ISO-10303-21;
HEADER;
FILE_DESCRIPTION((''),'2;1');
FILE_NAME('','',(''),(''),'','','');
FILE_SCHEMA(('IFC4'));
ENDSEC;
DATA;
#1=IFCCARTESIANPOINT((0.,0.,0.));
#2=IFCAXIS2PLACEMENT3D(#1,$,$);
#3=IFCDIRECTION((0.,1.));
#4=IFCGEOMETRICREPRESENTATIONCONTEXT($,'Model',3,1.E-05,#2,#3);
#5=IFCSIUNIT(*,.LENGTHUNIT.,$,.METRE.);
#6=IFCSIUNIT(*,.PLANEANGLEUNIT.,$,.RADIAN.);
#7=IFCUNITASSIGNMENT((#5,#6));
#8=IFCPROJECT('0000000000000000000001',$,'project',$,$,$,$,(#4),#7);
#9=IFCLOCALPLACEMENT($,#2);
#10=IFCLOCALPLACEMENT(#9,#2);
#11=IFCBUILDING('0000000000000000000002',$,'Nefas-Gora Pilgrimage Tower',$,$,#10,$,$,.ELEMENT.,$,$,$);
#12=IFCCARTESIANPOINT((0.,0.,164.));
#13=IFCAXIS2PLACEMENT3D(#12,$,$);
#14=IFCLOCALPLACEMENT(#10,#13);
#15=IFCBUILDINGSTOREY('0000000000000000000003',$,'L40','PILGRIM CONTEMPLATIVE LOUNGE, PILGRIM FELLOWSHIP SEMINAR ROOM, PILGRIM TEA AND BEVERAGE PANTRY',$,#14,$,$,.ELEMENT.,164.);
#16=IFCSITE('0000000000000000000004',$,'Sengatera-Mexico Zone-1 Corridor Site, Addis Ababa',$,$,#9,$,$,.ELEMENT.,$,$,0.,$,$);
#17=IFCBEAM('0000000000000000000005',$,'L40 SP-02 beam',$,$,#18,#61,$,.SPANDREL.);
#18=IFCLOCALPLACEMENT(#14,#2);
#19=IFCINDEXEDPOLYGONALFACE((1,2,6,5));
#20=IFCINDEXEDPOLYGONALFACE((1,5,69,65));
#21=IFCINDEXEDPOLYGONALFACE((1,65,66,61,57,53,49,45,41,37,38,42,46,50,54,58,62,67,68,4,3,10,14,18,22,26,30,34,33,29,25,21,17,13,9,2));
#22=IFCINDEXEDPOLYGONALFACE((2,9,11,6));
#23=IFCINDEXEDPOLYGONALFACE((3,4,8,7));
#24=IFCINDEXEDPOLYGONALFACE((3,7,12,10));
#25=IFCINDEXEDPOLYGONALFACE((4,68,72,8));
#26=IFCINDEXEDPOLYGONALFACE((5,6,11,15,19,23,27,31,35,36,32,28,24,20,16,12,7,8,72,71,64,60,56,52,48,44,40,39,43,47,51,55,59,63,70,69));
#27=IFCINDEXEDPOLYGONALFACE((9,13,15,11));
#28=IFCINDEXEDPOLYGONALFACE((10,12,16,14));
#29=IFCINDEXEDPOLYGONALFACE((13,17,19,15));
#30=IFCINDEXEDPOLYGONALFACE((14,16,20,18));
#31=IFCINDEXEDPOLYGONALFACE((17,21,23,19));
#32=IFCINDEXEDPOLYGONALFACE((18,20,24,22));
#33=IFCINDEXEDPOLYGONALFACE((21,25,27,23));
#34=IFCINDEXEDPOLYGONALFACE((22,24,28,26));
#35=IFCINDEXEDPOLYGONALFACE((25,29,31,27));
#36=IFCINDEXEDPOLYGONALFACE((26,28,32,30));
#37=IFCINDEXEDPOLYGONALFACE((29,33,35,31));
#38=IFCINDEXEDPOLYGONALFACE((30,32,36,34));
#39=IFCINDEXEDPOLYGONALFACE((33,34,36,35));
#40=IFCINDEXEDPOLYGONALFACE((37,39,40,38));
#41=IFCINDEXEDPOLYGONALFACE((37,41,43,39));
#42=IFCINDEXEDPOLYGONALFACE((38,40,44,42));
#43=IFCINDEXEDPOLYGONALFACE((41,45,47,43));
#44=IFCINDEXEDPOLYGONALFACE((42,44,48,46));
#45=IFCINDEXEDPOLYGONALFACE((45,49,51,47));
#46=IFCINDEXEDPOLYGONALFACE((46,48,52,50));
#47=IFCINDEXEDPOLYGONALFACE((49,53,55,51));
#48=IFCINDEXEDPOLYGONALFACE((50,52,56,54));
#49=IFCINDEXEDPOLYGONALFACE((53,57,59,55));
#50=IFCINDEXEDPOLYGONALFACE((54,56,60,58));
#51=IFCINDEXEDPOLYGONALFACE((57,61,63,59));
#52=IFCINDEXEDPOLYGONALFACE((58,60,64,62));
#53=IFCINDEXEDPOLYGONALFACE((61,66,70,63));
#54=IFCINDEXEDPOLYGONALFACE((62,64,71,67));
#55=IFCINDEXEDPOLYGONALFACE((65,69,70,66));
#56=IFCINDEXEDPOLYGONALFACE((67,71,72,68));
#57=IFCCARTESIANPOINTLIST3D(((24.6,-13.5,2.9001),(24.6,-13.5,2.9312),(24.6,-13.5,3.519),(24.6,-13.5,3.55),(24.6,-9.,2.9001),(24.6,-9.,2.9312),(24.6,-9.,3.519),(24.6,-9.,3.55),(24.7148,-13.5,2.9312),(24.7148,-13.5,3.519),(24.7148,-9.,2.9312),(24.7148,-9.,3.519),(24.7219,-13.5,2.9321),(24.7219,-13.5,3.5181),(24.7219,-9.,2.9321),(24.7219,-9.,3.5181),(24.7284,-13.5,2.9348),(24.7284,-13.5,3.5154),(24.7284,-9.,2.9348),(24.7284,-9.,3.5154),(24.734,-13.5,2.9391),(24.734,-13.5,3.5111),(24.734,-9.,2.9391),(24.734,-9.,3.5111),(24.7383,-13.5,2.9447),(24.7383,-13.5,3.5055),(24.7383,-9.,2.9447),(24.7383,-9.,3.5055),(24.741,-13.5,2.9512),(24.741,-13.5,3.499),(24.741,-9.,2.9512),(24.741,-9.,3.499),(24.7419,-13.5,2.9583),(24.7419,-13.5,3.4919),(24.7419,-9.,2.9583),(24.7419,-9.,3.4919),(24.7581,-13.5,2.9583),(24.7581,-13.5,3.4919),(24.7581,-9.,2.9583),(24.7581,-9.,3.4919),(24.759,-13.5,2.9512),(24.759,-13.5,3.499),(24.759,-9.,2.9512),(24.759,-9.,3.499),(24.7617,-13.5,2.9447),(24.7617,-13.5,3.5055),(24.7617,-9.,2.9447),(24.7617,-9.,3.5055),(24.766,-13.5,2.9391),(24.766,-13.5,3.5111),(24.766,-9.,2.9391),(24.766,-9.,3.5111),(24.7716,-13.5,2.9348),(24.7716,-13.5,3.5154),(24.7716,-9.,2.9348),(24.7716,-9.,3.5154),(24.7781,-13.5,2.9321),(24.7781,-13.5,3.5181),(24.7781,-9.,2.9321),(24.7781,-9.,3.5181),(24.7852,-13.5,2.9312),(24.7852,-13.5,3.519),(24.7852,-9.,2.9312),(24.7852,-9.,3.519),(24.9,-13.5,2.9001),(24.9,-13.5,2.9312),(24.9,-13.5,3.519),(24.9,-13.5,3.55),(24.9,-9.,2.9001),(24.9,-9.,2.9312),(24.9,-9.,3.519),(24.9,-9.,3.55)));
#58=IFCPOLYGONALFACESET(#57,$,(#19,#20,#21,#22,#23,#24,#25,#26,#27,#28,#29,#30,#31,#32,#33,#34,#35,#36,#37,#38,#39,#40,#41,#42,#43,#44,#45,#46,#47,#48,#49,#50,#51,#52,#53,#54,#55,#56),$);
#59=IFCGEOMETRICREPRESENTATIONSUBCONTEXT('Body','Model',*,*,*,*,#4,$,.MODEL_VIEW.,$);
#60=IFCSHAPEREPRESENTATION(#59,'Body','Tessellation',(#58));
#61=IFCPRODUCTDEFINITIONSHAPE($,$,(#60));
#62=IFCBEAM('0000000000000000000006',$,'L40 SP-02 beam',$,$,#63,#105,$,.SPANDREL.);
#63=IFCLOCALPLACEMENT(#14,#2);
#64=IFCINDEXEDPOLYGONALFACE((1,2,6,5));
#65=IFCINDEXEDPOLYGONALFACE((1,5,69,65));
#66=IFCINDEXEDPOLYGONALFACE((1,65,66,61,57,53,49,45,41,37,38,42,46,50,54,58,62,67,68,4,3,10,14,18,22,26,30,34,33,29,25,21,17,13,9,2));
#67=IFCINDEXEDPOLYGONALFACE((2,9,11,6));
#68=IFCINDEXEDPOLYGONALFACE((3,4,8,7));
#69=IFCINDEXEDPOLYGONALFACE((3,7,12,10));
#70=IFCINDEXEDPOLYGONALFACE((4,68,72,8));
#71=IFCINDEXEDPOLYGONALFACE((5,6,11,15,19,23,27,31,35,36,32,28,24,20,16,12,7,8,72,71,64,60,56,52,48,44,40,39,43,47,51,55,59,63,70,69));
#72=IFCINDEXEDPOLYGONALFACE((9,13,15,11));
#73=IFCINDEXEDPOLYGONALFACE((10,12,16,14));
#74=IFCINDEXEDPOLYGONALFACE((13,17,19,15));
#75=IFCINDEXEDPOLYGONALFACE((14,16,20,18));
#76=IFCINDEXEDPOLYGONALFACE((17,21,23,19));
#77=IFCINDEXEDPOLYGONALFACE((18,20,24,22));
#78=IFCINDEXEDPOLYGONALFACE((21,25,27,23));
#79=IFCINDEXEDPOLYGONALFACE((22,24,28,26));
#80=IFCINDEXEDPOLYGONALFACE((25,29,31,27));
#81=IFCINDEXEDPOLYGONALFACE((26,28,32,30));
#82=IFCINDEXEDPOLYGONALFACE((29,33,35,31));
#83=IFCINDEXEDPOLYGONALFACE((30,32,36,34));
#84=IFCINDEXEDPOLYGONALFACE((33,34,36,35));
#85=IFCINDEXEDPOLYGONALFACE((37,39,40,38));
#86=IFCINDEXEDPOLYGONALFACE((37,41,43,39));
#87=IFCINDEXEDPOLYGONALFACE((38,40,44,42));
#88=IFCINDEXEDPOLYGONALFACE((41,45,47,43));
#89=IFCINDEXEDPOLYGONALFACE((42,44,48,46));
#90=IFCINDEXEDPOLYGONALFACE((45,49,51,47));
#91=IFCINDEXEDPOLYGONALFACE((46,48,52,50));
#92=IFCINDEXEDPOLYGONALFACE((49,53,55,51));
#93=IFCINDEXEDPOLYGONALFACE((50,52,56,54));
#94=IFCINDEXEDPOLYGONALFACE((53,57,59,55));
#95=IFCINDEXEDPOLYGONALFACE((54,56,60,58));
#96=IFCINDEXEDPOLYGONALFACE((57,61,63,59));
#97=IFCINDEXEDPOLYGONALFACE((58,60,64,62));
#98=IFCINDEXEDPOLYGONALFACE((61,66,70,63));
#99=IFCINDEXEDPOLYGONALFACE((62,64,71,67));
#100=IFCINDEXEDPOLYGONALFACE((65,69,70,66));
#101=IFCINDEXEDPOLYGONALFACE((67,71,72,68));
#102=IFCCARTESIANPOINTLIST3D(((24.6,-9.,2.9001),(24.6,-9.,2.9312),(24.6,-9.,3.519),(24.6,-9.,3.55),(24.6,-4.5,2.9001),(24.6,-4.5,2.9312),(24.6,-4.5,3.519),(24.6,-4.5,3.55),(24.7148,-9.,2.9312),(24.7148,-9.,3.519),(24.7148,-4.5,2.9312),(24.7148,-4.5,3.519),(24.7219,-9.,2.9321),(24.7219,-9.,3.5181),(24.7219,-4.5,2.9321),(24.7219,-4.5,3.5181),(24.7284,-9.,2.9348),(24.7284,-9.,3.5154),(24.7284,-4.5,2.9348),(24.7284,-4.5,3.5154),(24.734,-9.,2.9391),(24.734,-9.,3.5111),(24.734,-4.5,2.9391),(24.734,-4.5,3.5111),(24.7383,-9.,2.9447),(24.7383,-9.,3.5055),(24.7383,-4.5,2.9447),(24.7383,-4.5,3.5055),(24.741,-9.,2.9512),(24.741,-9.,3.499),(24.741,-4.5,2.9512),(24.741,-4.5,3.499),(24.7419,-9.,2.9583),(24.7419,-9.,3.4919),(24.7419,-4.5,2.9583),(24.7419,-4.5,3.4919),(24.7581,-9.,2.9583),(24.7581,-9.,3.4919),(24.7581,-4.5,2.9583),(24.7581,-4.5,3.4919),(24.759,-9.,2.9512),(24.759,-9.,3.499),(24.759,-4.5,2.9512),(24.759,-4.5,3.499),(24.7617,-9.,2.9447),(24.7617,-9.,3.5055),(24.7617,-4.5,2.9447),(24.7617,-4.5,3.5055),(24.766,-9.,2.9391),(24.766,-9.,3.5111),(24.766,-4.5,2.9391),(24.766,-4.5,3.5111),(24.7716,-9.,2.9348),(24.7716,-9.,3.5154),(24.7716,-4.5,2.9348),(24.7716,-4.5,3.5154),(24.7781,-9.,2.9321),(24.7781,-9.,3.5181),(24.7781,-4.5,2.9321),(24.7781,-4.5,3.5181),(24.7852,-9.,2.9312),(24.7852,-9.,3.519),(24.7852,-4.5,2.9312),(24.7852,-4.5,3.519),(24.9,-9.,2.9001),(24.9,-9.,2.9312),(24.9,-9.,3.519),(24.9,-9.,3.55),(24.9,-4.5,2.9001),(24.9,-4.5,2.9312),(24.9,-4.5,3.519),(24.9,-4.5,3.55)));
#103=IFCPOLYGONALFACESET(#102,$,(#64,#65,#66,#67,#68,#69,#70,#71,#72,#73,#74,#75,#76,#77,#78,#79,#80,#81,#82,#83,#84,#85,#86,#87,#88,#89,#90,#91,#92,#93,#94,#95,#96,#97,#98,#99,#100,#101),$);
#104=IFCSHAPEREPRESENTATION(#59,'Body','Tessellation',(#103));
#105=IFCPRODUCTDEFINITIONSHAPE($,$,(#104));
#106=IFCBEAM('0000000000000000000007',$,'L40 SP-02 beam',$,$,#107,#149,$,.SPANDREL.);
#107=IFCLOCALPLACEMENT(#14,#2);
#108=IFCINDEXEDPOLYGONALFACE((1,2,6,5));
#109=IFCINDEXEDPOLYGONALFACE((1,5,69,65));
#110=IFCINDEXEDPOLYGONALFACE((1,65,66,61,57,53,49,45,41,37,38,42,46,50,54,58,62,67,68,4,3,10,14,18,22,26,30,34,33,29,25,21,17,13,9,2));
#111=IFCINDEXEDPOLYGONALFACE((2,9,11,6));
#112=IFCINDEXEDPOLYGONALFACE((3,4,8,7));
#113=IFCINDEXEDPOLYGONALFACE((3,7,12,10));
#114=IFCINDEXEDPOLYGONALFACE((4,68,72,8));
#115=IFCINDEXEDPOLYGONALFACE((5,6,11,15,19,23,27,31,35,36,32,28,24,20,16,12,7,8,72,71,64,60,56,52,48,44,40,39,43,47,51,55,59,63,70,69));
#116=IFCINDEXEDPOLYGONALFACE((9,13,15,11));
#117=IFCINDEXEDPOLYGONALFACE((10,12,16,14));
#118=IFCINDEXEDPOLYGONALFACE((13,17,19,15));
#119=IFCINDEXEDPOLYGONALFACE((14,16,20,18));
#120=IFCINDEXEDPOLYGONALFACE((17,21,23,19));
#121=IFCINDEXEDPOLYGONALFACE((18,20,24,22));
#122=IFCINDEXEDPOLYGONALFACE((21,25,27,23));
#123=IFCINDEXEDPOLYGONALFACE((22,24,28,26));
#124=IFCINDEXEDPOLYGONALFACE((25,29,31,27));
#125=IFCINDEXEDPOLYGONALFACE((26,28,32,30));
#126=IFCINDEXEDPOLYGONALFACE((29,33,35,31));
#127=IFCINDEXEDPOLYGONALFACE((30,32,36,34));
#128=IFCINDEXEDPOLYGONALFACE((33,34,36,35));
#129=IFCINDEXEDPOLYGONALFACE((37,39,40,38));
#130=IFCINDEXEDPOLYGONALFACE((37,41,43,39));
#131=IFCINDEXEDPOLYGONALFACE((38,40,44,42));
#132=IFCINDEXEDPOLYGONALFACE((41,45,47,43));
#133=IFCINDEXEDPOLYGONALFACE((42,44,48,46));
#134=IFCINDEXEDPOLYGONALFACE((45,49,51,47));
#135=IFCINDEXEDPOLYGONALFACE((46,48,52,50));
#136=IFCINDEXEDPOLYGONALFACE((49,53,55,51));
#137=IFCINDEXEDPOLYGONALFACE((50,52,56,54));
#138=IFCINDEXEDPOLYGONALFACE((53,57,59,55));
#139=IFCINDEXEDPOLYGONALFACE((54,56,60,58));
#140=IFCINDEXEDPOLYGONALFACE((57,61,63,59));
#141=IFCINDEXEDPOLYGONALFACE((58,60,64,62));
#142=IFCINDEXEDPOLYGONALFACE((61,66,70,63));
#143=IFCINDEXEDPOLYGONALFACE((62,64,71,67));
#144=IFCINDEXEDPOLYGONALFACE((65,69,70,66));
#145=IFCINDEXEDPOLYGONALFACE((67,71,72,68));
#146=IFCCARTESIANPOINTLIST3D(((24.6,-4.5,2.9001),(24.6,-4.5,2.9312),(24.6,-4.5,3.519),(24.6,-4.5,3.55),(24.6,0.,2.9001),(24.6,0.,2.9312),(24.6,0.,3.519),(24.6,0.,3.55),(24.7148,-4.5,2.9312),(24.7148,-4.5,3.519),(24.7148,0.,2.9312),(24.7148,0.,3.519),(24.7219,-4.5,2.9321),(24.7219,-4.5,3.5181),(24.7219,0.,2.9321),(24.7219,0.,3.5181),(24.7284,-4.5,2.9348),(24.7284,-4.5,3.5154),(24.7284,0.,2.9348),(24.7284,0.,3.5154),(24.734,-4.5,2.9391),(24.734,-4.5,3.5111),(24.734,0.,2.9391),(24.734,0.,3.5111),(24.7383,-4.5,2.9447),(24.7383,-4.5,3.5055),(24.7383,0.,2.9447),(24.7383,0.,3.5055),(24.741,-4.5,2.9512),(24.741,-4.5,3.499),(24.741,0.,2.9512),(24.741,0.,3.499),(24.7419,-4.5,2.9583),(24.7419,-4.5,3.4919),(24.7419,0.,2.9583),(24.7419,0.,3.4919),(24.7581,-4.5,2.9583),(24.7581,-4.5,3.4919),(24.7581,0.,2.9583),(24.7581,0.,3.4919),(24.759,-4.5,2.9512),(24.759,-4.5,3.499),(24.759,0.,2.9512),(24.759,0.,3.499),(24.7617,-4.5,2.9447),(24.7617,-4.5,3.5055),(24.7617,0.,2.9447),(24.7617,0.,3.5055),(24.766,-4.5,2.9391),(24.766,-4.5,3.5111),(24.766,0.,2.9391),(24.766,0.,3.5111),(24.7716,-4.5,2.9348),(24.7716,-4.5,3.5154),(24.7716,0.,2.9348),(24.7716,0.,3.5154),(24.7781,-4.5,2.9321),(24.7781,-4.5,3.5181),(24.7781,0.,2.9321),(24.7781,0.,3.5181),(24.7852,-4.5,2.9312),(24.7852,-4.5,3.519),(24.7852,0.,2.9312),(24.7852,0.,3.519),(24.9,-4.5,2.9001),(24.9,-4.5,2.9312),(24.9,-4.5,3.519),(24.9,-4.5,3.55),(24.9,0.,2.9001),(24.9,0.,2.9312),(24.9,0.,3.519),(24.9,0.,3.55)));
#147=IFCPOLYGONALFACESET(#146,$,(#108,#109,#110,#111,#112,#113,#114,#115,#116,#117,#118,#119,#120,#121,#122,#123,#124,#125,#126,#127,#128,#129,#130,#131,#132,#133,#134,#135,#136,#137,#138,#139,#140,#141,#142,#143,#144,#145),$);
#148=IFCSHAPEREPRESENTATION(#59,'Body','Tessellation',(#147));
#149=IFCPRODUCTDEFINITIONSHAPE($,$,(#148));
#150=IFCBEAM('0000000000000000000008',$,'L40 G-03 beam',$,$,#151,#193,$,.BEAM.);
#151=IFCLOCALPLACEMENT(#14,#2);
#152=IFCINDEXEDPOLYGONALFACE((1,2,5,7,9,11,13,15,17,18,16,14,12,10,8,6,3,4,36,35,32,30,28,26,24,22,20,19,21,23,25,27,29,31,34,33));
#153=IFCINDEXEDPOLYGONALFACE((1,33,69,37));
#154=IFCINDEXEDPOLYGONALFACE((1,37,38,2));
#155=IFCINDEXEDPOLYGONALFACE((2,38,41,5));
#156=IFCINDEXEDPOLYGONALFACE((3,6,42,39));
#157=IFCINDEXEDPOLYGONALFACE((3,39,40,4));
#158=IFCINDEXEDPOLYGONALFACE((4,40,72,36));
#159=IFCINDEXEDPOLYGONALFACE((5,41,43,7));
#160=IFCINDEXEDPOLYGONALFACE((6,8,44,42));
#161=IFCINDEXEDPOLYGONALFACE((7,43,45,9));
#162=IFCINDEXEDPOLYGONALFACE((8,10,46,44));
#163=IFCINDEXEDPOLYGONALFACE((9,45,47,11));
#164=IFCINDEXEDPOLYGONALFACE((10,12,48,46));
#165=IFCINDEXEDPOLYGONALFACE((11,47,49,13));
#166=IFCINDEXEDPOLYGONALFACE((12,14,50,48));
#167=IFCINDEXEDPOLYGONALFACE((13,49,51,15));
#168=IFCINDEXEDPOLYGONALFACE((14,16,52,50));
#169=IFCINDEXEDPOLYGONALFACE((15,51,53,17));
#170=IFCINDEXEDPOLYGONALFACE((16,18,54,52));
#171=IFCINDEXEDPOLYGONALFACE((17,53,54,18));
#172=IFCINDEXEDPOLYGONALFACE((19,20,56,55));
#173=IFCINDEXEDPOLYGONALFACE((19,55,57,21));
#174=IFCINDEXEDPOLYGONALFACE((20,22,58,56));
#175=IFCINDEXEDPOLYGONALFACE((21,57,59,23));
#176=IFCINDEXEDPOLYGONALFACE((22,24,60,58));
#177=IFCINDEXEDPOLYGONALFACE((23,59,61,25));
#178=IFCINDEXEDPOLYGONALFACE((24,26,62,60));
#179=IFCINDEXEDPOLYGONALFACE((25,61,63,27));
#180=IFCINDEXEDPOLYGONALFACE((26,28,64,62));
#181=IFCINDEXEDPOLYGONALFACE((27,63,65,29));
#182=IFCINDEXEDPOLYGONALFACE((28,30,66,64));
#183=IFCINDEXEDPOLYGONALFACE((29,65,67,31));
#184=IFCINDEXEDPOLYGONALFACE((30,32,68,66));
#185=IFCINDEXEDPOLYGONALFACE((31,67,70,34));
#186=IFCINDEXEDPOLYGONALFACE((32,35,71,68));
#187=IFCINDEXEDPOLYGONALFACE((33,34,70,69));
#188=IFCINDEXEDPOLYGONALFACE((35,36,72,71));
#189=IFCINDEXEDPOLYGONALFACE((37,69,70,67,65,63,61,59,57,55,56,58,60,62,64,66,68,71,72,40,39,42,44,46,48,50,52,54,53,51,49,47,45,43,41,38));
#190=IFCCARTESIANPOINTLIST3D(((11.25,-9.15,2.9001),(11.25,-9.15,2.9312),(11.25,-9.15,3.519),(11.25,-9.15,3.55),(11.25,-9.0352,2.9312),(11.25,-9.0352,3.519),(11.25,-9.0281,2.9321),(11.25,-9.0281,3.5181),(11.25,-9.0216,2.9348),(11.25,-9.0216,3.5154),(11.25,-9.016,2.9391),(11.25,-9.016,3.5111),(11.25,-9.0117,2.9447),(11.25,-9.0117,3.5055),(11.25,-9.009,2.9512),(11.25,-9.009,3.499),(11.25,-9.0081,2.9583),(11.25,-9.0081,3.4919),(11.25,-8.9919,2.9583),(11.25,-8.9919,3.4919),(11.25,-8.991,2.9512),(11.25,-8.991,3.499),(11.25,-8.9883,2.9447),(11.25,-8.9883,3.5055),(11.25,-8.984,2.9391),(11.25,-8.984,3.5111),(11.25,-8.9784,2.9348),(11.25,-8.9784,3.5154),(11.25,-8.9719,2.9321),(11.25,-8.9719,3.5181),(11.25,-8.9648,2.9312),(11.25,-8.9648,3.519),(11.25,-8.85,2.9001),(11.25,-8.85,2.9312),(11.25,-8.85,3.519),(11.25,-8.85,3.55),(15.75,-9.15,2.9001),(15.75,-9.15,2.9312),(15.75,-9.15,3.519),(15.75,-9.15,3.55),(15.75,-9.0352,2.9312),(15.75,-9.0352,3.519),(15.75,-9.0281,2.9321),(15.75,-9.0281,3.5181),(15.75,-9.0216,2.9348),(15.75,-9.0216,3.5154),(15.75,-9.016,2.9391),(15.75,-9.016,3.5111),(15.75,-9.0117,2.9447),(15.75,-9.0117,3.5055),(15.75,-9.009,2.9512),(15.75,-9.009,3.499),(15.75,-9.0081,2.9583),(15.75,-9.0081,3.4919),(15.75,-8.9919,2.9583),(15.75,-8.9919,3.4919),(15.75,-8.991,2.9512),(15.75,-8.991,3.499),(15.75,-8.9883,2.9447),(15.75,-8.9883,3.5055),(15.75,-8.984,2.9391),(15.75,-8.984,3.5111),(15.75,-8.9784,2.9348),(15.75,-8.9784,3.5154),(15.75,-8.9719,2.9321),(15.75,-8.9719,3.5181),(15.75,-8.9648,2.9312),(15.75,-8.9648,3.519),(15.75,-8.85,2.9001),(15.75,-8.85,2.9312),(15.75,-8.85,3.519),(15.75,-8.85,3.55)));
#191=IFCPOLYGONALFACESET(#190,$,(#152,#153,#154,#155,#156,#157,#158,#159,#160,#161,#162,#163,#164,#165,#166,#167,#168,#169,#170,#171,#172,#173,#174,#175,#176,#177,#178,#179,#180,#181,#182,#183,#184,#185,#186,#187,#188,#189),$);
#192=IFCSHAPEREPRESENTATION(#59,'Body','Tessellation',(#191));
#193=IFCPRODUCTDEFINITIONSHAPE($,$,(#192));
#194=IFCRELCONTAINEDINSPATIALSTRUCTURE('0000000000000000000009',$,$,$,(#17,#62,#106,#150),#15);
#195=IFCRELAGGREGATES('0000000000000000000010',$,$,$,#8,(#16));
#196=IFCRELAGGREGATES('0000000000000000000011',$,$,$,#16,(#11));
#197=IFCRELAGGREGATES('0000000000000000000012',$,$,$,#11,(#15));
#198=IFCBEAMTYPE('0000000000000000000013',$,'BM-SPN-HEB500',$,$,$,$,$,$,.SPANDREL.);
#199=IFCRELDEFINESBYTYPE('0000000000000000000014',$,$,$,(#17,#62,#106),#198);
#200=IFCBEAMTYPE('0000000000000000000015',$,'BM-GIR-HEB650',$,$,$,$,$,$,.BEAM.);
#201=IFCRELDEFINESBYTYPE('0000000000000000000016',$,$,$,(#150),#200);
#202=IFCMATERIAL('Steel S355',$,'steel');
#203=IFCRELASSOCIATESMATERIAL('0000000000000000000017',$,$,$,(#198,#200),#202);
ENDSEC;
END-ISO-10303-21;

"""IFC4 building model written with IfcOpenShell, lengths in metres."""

from ifc_helpers import new_model, si_unit, direction, frame, origin, origin_2d, place, context, subcontext, project, spatial, i_section, extrude, source, transform, mapped, material, material_profile, profile_set, type_object, element, save


model = new_model("IFC4")

# Units and contexts
model_context = context("Model", 3, precision=1e-05, world=origin(), true_north=direction((0.0, 1.0)))
body_context = subcontext(model_context, "Body", "Model", "MODEL_VIEW")
ifc_project = project(units=[si_unit("LENGTHUNIT", "METRE"), si_unit("PLANEANGLEUNIT", "RADIAN")], contexts=[model_context])

# Site, building, storey
site_placement = place(None, origin())
site = spatial("IfcSite", under=ifc_project, at=site_placement, Name="Sengatera-Mexico Zone-1 Corridor Site, Addis Ababa", CompositionType="ELEMENT", RefElevation=0.0)
building_placement = place(site_placement, origin())
building = spatial("IfcBuilding", under=site, at=building_placement, Name="Nefas-Gora Pilgrimage Tower", CompositionType="ELEMENT")
storey_placement = place(building_placement, frame((0.0, 0.0, 164.0)))
storey = spatial("IfcBuildingStorey", under=building, at=storey_placement, Name="L40", Description="PILGRIM CONTEMPLATIVE LOUNGE, PILGRIM FELLOWSHIP SEMINAR ROOM, PILGRIM TEA AND BEVERAGE PANTRY", CompositionType="ELEMENT", Elevation=164.0)

# Beams
ifc_material_1 = material(Name="Steel S355", Category="steel")
ifc_material_profile_1 = material_profile(ifc_material_1, i_section(OverallWidth=0.3, OverallDepth=0.6499, WebThickness=0.0161, FlangeThickness=0.031, FilletRadius=0.0271, at=origin_2d()), Name="HEB 650")
ifc_profile_set_1 = profile_set([ifc_material_profile_1], Name="Steel S355")
beam_type_1 = type_object("IfcBeamType", Name="BM-SPN-HEB500", PredefinedType="SPANDREL", material=ifc_profile_set_1)
shared_shape_1 = source(origin(), body_context, "Body", "SweptSolid", [
    extrude(i_section(OverallWidth=0.3, OverallDepth=0.6499, WebThickness=0.0161, FlangeThickness=0.031, FilletRadius=0.0271, at=origin_2d()), origin(), (0.0, 0.0, 1.0), 4.5),
])
for number, where, z_axis, x_axis, name in (
    (1, (24.75, -13.5, 3.2251), (0.0, 1.0, 0.0), (-1.0, 0.0, 0.0), "L40 SP-02 beam"),
    (2, (24.75, -9.0, 3.2251), (0.0, 1.0, 0.0), (-1.0, 0.0, 0.0), "L40 SP-02 beam"),
    (3, (24.75, -4.5, 3.2251), (0.0, 1.0, 0.0), (-1.0, 0.0, 0.0), "L40 SP-02 beam"),
):
    element("IfcBeam", number, at=place(storey_placement, frame(where, z_axis=z_axis, x_axis=x_axis)), inside=storey, type_object=beam_type_1, Name=name, PredefinedType="SPANDREL", context=body_context, shape_type="MappedRepresentation", body=[
        mapped(shared_shape_1, transform((0.0, 0.0, 0.0), x_axis=(1.0, 0.0, 0.0), y_axis=(0.0, 1.0, 0.0), z_axis=(0.0, 0.0, 1.0), scale=1.0)),
    ])
ifc_material_profile_2 = material_profile(ifc_material_1, i_section(OverallWidth=0.3, OverallDepth=0.6499, WebThickness=0.0161, FlangeThickness=0.031, FilletRadius=0.0271, at=origin_2d()), Name="HEB 650")
ifc_profile_set_2 = profile_set([ifc_material_profile_2], Name="Steel S355")
beam_type_2 = type_object("IfcBeamType", Name="BM-GIR-HEB650", PredefinedType="BEAM", material=ifc_profile_set_2)
shared_shape_2 = source(origin(), body_context, "Body", "SweptSolid", [
    extrude(i_section(OverallWidth=0.3, OverallDepth=0.6499, WebThickness=0.0161, FlangeThickness=0.031, FilletRadius=0.0271, at=origin_2d()), origin(), (0.0, 0.0, 1.0), 4.5),
])
for number, where, z_axis, x_axis, name in (
    (4, (11.25, -9.0, 3.2251), (1.0, 0.0, 0.0), (0.0, 1.0, 0.0), "L40 G-03 beam"),
):
    element("IfcBeam", number, at=place(storey_placement, frame(where, z_axis=z_axis, x_axis=x_axis)), inside=storey, type_object=beam_type_2, Name=name, PredefinedType="BEAM", context=body_context, shape_type="MappedRepresentation", body=[
        mapped(shared_shape_2, transform((0.0, 0.0, 0.0), x_axis=(1.0, 0.0, 0.0), y_axis=(0.0, 1.0, 0.0), z_axis=(0.0, 0.0, 1.0), scale=1.0)),
    ])

save(model, "model.ifc")
